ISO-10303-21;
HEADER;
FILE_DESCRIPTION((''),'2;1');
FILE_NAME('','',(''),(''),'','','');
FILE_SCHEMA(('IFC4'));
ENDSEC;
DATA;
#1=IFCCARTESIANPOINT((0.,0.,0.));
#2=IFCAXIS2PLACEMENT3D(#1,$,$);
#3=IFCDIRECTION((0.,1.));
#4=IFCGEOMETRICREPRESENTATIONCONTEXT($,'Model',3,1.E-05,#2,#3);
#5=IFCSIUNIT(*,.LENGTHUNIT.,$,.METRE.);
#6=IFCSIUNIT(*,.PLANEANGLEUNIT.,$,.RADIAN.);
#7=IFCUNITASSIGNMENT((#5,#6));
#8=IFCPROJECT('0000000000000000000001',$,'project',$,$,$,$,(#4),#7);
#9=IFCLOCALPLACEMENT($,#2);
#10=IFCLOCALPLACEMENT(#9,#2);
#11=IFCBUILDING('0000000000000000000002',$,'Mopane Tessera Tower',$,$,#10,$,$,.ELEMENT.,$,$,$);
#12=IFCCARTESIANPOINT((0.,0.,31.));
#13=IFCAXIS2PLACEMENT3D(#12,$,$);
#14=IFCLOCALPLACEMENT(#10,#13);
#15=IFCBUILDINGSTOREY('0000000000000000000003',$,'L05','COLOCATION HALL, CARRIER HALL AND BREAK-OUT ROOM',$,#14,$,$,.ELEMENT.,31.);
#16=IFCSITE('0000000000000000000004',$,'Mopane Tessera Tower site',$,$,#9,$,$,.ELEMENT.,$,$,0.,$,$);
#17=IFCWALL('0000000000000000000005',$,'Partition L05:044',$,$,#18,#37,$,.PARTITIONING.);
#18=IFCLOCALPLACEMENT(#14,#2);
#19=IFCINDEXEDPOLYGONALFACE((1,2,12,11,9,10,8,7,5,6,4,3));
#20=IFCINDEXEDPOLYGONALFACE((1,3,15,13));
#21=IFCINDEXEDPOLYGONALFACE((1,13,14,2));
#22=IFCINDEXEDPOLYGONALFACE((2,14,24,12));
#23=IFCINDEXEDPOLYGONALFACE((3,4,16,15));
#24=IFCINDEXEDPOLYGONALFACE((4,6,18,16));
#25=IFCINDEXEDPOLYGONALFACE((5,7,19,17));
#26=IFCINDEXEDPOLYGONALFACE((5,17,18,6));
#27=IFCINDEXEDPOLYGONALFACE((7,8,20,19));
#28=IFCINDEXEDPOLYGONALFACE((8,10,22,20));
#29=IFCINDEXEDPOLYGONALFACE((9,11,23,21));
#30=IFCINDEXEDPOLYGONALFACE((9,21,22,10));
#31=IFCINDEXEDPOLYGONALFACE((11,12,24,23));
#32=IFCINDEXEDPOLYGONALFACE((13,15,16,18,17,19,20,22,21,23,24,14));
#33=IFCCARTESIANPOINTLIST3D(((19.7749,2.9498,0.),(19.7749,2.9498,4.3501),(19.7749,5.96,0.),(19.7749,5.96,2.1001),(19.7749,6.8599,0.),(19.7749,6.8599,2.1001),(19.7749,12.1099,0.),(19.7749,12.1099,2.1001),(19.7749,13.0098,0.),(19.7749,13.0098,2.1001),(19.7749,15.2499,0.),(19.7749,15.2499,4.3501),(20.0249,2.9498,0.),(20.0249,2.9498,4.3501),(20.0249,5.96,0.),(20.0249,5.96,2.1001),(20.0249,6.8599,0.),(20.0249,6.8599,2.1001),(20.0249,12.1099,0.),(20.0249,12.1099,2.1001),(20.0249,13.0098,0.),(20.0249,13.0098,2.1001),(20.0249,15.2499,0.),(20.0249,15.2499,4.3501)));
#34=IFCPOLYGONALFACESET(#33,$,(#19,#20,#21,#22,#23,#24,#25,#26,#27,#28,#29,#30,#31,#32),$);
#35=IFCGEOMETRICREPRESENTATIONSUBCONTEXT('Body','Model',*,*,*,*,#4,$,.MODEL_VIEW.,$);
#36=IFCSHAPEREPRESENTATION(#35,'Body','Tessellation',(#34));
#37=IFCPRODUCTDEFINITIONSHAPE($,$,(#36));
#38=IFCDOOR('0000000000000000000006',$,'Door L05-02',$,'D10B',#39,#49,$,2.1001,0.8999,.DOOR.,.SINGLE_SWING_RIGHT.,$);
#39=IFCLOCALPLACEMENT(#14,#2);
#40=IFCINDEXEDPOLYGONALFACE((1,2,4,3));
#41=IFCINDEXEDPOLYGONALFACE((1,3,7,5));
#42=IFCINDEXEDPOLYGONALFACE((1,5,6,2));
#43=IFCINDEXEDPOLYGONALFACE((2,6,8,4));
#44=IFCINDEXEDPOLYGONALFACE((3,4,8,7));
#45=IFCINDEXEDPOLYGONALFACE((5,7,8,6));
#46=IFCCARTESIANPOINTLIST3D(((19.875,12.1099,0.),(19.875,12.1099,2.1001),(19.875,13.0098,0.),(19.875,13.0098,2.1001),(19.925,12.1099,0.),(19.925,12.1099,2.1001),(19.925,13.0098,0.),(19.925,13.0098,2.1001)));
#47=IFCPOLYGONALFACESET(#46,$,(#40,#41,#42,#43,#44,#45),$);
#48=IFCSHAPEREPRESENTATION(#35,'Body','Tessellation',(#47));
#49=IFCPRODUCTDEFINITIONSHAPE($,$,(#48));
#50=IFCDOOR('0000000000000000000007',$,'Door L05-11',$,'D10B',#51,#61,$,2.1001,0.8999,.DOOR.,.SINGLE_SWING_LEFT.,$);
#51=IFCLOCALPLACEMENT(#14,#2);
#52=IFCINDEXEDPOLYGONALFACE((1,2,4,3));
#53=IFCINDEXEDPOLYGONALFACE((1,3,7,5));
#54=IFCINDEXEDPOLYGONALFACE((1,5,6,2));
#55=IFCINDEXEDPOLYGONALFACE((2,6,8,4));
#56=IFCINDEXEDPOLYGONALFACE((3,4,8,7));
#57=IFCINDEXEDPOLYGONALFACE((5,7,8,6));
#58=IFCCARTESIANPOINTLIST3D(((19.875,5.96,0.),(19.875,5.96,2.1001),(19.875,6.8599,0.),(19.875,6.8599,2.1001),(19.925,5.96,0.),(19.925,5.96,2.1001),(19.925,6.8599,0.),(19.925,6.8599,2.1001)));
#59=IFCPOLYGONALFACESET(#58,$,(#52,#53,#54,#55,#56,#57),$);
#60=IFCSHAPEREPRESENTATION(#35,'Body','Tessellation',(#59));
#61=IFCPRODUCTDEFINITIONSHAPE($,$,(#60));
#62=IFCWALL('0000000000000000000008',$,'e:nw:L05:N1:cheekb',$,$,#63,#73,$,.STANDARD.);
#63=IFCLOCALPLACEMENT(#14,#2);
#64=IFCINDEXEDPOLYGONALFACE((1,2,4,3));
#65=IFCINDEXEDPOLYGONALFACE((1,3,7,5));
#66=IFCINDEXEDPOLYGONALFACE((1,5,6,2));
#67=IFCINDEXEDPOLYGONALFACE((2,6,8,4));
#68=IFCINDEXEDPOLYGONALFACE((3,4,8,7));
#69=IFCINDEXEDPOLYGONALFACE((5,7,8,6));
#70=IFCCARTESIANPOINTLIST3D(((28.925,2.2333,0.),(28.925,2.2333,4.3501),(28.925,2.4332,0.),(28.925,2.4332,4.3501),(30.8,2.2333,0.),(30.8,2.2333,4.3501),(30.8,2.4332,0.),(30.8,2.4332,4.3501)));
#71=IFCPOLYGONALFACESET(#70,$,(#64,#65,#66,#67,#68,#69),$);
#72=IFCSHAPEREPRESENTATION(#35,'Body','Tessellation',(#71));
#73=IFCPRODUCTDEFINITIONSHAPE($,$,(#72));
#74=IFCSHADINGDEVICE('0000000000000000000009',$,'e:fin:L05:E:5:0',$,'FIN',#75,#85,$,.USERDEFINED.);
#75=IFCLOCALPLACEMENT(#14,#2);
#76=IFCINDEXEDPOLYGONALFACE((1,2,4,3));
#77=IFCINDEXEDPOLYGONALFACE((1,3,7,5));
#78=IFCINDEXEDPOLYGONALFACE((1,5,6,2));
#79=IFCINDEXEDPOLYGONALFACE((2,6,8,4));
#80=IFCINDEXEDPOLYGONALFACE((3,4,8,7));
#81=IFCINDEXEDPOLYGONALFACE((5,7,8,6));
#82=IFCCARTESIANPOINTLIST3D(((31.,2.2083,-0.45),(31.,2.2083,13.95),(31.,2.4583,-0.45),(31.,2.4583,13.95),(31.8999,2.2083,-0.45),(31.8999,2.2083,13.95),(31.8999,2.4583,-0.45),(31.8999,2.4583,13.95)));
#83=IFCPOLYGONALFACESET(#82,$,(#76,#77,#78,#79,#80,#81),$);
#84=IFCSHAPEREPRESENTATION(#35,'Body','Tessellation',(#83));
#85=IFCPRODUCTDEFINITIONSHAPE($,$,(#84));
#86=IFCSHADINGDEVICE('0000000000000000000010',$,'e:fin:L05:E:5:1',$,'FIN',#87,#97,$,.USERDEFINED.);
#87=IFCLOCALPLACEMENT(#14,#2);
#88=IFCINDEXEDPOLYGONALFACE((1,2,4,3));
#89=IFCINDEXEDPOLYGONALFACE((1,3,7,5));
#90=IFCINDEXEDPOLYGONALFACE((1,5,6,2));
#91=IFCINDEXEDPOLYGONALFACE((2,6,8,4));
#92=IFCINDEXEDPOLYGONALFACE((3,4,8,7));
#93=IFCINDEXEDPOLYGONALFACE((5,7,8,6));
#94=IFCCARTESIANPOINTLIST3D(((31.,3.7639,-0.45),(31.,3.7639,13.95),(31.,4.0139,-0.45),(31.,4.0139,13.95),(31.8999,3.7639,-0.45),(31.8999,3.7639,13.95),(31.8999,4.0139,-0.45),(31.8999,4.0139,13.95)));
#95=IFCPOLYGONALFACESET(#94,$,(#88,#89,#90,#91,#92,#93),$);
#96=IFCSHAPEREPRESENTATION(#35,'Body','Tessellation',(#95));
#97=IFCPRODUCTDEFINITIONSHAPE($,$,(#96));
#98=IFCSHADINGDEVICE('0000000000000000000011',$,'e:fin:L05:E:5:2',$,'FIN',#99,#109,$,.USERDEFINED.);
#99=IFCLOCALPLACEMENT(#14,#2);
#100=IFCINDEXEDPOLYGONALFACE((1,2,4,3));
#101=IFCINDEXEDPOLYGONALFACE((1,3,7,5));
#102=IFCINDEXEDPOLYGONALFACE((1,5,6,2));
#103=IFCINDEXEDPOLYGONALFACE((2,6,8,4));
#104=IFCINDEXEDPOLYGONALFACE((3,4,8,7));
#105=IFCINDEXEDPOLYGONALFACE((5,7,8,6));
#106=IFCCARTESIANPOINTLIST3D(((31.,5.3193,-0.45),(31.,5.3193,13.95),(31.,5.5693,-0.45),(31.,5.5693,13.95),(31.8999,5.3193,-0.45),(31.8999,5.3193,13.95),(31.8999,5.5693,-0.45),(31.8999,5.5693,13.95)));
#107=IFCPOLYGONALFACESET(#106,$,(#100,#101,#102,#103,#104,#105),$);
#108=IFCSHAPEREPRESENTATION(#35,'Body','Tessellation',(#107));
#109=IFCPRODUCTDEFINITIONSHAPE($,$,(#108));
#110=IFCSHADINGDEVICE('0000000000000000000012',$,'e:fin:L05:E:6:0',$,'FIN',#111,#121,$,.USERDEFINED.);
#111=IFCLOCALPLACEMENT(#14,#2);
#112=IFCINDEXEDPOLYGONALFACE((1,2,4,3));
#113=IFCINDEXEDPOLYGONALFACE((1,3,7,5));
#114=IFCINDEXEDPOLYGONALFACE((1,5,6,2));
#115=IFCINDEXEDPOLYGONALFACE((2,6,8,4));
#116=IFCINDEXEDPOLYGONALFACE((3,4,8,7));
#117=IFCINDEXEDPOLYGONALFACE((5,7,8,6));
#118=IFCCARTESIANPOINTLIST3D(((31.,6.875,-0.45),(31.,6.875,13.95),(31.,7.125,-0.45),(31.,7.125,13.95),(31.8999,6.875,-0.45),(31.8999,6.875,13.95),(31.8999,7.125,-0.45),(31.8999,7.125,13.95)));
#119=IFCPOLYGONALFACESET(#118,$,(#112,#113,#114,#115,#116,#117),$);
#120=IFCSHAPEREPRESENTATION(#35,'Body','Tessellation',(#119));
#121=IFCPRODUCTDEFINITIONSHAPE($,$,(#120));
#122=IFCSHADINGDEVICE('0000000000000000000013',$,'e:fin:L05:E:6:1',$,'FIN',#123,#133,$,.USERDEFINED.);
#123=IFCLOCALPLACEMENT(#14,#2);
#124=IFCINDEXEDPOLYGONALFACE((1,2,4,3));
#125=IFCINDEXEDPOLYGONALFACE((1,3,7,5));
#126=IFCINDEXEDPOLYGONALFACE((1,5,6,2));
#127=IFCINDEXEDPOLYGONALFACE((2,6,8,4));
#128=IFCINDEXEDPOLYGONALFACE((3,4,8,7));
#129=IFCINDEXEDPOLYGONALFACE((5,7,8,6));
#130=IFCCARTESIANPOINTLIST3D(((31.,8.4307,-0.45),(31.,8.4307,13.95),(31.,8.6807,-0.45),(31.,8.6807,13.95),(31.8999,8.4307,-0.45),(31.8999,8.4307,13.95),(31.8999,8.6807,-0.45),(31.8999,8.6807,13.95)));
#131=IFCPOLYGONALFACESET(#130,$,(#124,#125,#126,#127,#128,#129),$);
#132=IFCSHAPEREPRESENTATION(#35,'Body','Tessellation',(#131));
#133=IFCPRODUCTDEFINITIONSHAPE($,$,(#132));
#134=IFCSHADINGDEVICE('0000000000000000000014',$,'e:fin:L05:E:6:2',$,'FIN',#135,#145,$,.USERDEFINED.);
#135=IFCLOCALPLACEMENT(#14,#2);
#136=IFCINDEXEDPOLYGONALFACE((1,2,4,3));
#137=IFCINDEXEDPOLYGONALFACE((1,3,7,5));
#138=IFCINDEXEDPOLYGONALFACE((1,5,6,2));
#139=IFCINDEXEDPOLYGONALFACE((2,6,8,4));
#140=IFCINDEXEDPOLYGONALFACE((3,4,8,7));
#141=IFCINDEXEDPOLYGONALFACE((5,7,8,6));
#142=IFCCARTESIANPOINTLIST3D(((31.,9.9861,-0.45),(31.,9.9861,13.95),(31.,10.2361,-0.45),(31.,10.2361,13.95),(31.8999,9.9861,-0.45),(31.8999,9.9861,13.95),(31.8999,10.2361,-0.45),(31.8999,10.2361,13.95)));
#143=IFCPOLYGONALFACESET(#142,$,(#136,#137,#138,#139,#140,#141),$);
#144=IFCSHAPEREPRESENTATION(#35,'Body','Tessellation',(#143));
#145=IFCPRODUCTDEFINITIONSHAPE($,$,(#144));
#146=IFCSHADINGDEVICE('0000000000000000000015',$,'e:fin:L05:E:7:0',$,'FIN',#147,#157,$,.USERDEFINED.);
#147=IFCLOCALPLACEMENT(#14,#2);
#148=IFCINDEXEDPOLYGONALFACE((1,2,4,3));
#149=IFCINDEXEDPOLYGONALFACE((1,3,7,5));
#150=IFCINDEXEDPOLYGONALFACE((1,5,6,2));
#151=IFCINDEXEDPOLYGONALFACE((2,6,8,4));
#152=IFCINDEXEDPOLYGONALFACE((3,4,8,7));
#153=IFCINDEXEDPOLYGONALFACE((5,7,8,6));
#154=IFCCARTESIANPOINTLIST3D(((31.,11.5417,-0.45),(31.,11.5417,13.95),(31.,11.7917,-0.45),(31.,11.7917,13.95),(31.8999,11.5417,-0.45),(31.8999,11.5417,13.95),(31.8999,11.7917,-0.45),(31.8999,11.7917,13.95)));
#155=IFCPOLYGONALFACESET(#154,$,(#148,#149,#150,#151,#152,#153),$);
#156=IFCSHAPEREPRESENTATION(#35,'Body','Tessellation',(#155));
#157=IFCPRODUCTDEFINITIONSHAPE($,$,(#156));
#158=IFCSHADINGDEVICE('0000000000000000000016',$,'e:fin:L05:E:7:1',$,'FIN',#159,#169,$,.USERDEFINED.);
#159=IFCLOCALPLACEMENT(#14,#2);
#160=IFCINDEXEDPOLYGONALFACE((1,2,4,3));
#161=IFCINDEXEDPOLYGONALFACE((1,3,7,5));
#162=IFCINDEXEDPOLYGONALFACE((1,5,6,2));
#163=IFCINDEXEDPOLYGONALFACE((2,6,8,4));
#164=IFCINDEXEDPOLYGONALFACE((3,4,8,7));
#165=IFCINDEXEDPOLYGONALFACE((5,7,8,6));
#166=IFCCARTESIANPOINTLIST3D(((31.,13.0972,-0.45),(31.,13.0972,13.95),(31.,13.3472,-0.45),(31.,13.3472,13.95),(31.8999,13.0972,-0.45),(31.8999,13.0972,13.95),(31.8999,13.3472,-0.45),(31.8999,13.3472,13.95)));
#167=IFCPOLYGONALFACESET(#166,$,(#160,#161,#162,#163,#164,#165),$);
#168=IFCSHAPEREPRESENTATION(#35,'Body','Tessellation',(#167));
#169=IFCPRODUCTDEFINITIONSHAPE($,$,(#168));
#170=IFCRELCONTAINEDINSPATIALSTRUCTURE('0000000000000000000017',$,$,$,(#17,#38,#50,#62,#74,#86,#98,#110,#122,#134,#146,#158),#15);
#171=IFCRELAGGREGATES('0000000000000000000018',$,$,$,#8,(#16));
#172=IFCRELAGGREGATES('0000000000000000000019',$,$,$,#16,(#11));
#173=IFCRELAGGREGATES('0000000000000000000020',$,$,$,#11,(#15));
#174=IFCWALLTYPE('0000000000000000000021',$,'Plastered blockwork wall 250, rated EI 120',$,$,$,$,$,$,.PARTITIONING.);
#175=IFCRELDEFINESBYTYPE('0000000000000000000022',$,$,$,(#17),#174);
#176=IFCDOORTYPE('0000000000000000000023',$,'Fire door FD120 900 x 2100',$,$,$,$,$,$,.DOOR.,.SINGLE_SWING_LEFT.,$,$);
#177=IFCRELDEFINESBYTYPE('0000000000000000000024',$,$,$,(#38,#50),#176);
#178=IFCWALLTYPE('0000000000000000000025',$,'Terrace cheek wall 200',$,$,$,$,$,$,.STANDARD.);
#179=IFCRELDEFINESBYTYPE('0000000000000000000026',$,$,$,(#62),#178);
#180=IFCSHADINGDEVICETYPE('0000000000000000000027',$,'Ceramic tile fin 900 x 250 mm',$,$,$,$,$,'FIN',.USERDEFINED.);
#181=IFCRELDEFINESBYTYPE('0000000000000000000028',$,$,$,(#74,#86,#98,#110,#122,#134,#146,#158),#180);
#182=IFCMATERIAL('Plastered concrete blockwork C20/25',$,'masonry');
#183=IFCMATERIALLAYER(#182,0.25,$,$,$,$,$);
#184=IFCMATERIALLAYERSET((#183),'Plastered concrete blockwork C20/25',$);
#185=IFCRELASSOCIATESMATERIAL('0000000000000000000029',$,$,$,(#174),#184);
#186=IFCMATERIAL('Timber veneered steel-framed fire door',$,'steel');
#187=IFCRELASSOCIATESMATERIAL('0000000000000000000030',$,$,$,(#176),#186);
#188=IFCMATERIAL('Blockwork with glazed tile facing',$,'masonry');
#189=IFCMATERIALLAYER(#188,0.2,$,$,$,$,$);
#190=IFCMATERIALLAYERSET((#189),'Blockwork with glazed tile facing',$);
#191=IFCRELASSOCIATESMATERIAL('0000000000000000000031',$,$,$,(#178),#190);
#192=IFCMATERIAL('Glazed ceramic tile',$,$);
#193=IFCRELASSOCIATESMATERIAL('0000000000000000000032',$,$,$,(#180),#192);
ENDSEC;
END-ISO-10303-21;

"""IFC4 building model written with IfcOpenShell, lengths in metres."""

from ifc_helpers import new_model, si_unit, direction, frame, frame_2d, origin, origin_2d, place, context, subcontext, project, spatial, rectangle, extrude, material, layer, layer_set, type_object, element, fill, save


model = new_model("IFC4")

# Units and contexts
model_context = context("Model", 3, precision=1e-05, world=origin(), true_north=direction((0.0, 1.0)))
body_context = subcontext(model_context, "Body", "Model", "MODEL_VIEW")
ifc_project = project(units=[si_unit("LENGTHUNIT", "METRE"), si_unit("PLANEANGLEUNIT", "RADIAN")], contexts=[model_context])

# Site, building, storey
site_placement = place(None, origin())
site = spatial("IfcSite", under=ifc_project, at=site_placement, Name="Mopane Tessera Tower site", CompositionType="ELEMENT", RefElevation=0.0)
building_placement = place(site_placement, origin())
building = spatial("IfcBuilding", under=site, at=building_placement, Name="Mopane Tessera Tower", CompositionType="ELEMENT")
storey_placement = place(building_placement, frame((0.0, 0.0, 31.0)))
storey = spatial("IfcBuildingStorey", under=building, at=storey_placement, Name="L05", Description="COLOCATION HALL, CARRIER HALL AND BREAK-OUT ROOM", CompositionType="ELEMENT", Elevation=31.0)

# Wall, openings, doors
ifc_material_1 = material(Name="Plastered concrete blockwork C20/25", Category="masonry")
ifc_layer_1 = layer(ifc_material_1, 0.25)
ifc_layer_set_1 = layer_set([ifc_layer_1], Name="Plastered concrete blockwork C20/25")
wall_type_1 = type_object("IfcWallType", Name="Plastered blockwork wall 250, rated EI 120", PredefinedType="PARTITIONING", material=ifc_layer_set_1)
wall_1_placement = place(storey_placement, frame((19.8999, 2.95, 0.0), z_axis=(0.0, 0.0, 1.0), x_axis=(0.0, 1.0, 0.0)))
wall_1 = element("IfcWall", 1, at=wall_1_placement, inside=storey, type_object=wall_type_1, Name="Partition L05:044", PredefinedType="PARTITIONING", context=body_context, shape_type="SweptSolid", body=[
    extrude(rectangle(XDim=12.3, YDim=0.25, at=frame_2d((6.1499, 0.0))), origin(), (0.0, 0.0, 1.0), 4.3501),
])
opening_1_placement = place(wall_1_placement, frame((9.1599, 0.0, 0.0)))
opening_1 = element("IfcOpeningElement", 2, at=opening_1_placement, cuts=wall_1, PredefinedType="OPENING", context=body_context, shape_type="SweptSolid", body=[
    extrude(rectangle(XDim=0.8999, YDim=2.1001, at=frame_2d((0.45, 1.05))), frame((0.0, 0.137, 0.0), z_axis=(0.0, -1.0, 0.0), x_axis=(1.0, 0.0, 0.0)), (0.0, 0.0, 1.0), 0.2739),
])
opening_2_placement = place(wall_1_placement, frame((3.01, 0.0, 0.0)))
opening_2 = element("IfcOpeningElement", 3, at=opening_2_placement, cuts=wall_1, PredefinedType="OPENING", context=body_context, shape_type="SweptSolid", body=[
    extrude(rectangle(XDim=0.8999, YDim=2.1001, at=frame_2d((0.45, 1.05))), frame((0.0, 0.137, 0.0), z_axis=(0.0, -1.0, 0.0), x_axis=(1.0, 0.0, 0.0)), (0.0, 0.0, 1.0), 0.2739),
])
ifc_material_2 = material(Name="Timber veneered steel-framed fire door", Category="steel")
door_type = type_object("IfcDoorType", Name="Fire door FD120 900 x 2100", OperationType="SINGLE_SWING_LEFT", PredefinedType="DOOR", material=ifc_material_2)
door_1_placement = place(opening_1_placement, origin())
door_1 = element("IfcDoor", 4, at=door_1_placement, inside=storey, type_object=door_type, Name="Door L05-02", ObjectType="D10B", OperationType="SINGLE_SWING_RIGHT", OverallHeight=2.1001, OverallWidth=0.8999, PredefinedType="DOOR", context=body_context, shape_type="SweptSolid", body=[
    extrude(rectangle(XDim=0.8999, YDim=2.1001, at=frame_2d((0.45, 1.05))), frame((0.0, 0.0249, 0.0), z_axis=(0.0, -1.0, 0.0), x_axis=(1.0, 0.0, 0.0)), (0.0, 0.0, 1.0), 0.05),
])
fill(opening_1, door_1)
door_2_placement = place(opening_2_placement, origin())
door_2 = element("IfcDoor", 5, at=door_2_placement, inside=storey, type_object=door_type, Name="Door L05-11", ObjectType="D10B", OperationType="SINGLE_SWING_LEFT", OverallHeight=2.1001, OverallWidth=0.8999, PredefinedType="DOOR", context=body_context, shape_type="SweptSolid", body=[
    extrude(rectangle(XDim=0.8999, YDim=2.1001, at=frame_2d((0.45, 1.05))), frame((0.0, 0.0249, 0.0), z_axis=(0.0, -1.0, 0.0), x_axis=(1.0, 0.0, 0.0)), (0.0, 0.0, 1.0), 0.05),
])
fill(opening_2, door_2)

# Wall
ifc_material_3 = material(Name="Blockwork with glazed tile facing", Category="masonry")
ifc_layer_2 = layer(ifc_material_3, 0.2)
ifc_layer_set_2 = layer_set([ifc_layer_2], Name="Blockwork with glazed tile facing")
wall_type_2 = type_object("IfcWallType", Name="Terrace cheek wall 200", PredefinedType="STANDARD", material=ifc_layer_set_2)
wall_2_placement = place(storey_placement, frame((30.8, 2.3333, 0.0), z_axis=(0.0, 0.0, 1.0), x_axis=(-1.0, 0.0, 0.0)))
element("IfcWall", 6, at=wall_2_placement, inside=storey, type_object=wall_type_2, Name="e:nw:L05:N1:cheekb", PredefinedType="STANDARD", context=body_context, shape_type="SweptSolid", body=[
    extrude(rectangle(XDim=1.875, YDim=0.2, at=frame_2d((0.9375, 0.0))), origin(), (0.0, 0.0, 1.0), 4.3501),
])

# Shading devices
ifc_material_4 = material(Name="Glazed ceramic tile")
shading_device_type = type_object("IfcShadingDeviceType", Name="Ceramic tile fin 900 x 250 mm", ElementType="FIN", PredefinedType="USERDEFINED", material=ifc_material_4)
for number, where, z_axis, x_axis, name in (
    (7, (31.45, 2.3333, -0.45), (0.0, 0.0, 1.0), (0.0, 1.0, 0.0), "e:fin:L05:E:5:0"),
    (8, (31.45, 3.8889, -0.45), (0.0, 0.0, 1.0), (0.0, 1.0, 0.0), "e:fin:L05:E:5:1"),
    (9, (31.45, 5.4443, -0.45), (0.0, 0.0, 1.0), (0.0, 1.0, 0.0), "e:fin:L05:E:5:2"),
    (10, (31.45, 7.0, -0.45), (0.0, 0.0, 1.0), (0.0, 1.0, 0.0), "e:fin:L05:E:6:0"),
    (11, (31.45, 8.5557, -0.45), (0.0, 0.0, 1.0), (0.0, 1.0, 0.0), "e:fin:L05:E:6:1"),
    (12, (31.45, 10.1111, -0.45), (0.0, 0.0, 1.0), (0.0, 1.0, 0.0), "e:fin:L05:E:6:2"),
    (13, (31.45, 11.6667, -0.45), (0.0, 0.0, 1.0), (0.0, 1.0, 0.0), "e:fin:L05:E:7:0"),
    (14, (31.45, 13.2222, -0.45), (0.0, 0.0, 1.0), (0.0, 1.0, 0.0), "e:fin:L05:E:7:1"),
):
    element("IfcShadingDevice", number, at=place(storey_placement, frame(where, z_axis=z_axis, x_axis=x_axis)), inside=storey, type_object=shading_device_type, Name=name, ObjectType="FIN", PredefinedType="USERDEFINED", context=body_context, shape_type="SweptSolid", body=[
        extrude(rectangle(XDim=0.25, YDim=0.8999, at=origin_2d()), origin(), (0.0, 0.0, 1.0), 14.3999),
    ])

save(model, "model.ifc")
